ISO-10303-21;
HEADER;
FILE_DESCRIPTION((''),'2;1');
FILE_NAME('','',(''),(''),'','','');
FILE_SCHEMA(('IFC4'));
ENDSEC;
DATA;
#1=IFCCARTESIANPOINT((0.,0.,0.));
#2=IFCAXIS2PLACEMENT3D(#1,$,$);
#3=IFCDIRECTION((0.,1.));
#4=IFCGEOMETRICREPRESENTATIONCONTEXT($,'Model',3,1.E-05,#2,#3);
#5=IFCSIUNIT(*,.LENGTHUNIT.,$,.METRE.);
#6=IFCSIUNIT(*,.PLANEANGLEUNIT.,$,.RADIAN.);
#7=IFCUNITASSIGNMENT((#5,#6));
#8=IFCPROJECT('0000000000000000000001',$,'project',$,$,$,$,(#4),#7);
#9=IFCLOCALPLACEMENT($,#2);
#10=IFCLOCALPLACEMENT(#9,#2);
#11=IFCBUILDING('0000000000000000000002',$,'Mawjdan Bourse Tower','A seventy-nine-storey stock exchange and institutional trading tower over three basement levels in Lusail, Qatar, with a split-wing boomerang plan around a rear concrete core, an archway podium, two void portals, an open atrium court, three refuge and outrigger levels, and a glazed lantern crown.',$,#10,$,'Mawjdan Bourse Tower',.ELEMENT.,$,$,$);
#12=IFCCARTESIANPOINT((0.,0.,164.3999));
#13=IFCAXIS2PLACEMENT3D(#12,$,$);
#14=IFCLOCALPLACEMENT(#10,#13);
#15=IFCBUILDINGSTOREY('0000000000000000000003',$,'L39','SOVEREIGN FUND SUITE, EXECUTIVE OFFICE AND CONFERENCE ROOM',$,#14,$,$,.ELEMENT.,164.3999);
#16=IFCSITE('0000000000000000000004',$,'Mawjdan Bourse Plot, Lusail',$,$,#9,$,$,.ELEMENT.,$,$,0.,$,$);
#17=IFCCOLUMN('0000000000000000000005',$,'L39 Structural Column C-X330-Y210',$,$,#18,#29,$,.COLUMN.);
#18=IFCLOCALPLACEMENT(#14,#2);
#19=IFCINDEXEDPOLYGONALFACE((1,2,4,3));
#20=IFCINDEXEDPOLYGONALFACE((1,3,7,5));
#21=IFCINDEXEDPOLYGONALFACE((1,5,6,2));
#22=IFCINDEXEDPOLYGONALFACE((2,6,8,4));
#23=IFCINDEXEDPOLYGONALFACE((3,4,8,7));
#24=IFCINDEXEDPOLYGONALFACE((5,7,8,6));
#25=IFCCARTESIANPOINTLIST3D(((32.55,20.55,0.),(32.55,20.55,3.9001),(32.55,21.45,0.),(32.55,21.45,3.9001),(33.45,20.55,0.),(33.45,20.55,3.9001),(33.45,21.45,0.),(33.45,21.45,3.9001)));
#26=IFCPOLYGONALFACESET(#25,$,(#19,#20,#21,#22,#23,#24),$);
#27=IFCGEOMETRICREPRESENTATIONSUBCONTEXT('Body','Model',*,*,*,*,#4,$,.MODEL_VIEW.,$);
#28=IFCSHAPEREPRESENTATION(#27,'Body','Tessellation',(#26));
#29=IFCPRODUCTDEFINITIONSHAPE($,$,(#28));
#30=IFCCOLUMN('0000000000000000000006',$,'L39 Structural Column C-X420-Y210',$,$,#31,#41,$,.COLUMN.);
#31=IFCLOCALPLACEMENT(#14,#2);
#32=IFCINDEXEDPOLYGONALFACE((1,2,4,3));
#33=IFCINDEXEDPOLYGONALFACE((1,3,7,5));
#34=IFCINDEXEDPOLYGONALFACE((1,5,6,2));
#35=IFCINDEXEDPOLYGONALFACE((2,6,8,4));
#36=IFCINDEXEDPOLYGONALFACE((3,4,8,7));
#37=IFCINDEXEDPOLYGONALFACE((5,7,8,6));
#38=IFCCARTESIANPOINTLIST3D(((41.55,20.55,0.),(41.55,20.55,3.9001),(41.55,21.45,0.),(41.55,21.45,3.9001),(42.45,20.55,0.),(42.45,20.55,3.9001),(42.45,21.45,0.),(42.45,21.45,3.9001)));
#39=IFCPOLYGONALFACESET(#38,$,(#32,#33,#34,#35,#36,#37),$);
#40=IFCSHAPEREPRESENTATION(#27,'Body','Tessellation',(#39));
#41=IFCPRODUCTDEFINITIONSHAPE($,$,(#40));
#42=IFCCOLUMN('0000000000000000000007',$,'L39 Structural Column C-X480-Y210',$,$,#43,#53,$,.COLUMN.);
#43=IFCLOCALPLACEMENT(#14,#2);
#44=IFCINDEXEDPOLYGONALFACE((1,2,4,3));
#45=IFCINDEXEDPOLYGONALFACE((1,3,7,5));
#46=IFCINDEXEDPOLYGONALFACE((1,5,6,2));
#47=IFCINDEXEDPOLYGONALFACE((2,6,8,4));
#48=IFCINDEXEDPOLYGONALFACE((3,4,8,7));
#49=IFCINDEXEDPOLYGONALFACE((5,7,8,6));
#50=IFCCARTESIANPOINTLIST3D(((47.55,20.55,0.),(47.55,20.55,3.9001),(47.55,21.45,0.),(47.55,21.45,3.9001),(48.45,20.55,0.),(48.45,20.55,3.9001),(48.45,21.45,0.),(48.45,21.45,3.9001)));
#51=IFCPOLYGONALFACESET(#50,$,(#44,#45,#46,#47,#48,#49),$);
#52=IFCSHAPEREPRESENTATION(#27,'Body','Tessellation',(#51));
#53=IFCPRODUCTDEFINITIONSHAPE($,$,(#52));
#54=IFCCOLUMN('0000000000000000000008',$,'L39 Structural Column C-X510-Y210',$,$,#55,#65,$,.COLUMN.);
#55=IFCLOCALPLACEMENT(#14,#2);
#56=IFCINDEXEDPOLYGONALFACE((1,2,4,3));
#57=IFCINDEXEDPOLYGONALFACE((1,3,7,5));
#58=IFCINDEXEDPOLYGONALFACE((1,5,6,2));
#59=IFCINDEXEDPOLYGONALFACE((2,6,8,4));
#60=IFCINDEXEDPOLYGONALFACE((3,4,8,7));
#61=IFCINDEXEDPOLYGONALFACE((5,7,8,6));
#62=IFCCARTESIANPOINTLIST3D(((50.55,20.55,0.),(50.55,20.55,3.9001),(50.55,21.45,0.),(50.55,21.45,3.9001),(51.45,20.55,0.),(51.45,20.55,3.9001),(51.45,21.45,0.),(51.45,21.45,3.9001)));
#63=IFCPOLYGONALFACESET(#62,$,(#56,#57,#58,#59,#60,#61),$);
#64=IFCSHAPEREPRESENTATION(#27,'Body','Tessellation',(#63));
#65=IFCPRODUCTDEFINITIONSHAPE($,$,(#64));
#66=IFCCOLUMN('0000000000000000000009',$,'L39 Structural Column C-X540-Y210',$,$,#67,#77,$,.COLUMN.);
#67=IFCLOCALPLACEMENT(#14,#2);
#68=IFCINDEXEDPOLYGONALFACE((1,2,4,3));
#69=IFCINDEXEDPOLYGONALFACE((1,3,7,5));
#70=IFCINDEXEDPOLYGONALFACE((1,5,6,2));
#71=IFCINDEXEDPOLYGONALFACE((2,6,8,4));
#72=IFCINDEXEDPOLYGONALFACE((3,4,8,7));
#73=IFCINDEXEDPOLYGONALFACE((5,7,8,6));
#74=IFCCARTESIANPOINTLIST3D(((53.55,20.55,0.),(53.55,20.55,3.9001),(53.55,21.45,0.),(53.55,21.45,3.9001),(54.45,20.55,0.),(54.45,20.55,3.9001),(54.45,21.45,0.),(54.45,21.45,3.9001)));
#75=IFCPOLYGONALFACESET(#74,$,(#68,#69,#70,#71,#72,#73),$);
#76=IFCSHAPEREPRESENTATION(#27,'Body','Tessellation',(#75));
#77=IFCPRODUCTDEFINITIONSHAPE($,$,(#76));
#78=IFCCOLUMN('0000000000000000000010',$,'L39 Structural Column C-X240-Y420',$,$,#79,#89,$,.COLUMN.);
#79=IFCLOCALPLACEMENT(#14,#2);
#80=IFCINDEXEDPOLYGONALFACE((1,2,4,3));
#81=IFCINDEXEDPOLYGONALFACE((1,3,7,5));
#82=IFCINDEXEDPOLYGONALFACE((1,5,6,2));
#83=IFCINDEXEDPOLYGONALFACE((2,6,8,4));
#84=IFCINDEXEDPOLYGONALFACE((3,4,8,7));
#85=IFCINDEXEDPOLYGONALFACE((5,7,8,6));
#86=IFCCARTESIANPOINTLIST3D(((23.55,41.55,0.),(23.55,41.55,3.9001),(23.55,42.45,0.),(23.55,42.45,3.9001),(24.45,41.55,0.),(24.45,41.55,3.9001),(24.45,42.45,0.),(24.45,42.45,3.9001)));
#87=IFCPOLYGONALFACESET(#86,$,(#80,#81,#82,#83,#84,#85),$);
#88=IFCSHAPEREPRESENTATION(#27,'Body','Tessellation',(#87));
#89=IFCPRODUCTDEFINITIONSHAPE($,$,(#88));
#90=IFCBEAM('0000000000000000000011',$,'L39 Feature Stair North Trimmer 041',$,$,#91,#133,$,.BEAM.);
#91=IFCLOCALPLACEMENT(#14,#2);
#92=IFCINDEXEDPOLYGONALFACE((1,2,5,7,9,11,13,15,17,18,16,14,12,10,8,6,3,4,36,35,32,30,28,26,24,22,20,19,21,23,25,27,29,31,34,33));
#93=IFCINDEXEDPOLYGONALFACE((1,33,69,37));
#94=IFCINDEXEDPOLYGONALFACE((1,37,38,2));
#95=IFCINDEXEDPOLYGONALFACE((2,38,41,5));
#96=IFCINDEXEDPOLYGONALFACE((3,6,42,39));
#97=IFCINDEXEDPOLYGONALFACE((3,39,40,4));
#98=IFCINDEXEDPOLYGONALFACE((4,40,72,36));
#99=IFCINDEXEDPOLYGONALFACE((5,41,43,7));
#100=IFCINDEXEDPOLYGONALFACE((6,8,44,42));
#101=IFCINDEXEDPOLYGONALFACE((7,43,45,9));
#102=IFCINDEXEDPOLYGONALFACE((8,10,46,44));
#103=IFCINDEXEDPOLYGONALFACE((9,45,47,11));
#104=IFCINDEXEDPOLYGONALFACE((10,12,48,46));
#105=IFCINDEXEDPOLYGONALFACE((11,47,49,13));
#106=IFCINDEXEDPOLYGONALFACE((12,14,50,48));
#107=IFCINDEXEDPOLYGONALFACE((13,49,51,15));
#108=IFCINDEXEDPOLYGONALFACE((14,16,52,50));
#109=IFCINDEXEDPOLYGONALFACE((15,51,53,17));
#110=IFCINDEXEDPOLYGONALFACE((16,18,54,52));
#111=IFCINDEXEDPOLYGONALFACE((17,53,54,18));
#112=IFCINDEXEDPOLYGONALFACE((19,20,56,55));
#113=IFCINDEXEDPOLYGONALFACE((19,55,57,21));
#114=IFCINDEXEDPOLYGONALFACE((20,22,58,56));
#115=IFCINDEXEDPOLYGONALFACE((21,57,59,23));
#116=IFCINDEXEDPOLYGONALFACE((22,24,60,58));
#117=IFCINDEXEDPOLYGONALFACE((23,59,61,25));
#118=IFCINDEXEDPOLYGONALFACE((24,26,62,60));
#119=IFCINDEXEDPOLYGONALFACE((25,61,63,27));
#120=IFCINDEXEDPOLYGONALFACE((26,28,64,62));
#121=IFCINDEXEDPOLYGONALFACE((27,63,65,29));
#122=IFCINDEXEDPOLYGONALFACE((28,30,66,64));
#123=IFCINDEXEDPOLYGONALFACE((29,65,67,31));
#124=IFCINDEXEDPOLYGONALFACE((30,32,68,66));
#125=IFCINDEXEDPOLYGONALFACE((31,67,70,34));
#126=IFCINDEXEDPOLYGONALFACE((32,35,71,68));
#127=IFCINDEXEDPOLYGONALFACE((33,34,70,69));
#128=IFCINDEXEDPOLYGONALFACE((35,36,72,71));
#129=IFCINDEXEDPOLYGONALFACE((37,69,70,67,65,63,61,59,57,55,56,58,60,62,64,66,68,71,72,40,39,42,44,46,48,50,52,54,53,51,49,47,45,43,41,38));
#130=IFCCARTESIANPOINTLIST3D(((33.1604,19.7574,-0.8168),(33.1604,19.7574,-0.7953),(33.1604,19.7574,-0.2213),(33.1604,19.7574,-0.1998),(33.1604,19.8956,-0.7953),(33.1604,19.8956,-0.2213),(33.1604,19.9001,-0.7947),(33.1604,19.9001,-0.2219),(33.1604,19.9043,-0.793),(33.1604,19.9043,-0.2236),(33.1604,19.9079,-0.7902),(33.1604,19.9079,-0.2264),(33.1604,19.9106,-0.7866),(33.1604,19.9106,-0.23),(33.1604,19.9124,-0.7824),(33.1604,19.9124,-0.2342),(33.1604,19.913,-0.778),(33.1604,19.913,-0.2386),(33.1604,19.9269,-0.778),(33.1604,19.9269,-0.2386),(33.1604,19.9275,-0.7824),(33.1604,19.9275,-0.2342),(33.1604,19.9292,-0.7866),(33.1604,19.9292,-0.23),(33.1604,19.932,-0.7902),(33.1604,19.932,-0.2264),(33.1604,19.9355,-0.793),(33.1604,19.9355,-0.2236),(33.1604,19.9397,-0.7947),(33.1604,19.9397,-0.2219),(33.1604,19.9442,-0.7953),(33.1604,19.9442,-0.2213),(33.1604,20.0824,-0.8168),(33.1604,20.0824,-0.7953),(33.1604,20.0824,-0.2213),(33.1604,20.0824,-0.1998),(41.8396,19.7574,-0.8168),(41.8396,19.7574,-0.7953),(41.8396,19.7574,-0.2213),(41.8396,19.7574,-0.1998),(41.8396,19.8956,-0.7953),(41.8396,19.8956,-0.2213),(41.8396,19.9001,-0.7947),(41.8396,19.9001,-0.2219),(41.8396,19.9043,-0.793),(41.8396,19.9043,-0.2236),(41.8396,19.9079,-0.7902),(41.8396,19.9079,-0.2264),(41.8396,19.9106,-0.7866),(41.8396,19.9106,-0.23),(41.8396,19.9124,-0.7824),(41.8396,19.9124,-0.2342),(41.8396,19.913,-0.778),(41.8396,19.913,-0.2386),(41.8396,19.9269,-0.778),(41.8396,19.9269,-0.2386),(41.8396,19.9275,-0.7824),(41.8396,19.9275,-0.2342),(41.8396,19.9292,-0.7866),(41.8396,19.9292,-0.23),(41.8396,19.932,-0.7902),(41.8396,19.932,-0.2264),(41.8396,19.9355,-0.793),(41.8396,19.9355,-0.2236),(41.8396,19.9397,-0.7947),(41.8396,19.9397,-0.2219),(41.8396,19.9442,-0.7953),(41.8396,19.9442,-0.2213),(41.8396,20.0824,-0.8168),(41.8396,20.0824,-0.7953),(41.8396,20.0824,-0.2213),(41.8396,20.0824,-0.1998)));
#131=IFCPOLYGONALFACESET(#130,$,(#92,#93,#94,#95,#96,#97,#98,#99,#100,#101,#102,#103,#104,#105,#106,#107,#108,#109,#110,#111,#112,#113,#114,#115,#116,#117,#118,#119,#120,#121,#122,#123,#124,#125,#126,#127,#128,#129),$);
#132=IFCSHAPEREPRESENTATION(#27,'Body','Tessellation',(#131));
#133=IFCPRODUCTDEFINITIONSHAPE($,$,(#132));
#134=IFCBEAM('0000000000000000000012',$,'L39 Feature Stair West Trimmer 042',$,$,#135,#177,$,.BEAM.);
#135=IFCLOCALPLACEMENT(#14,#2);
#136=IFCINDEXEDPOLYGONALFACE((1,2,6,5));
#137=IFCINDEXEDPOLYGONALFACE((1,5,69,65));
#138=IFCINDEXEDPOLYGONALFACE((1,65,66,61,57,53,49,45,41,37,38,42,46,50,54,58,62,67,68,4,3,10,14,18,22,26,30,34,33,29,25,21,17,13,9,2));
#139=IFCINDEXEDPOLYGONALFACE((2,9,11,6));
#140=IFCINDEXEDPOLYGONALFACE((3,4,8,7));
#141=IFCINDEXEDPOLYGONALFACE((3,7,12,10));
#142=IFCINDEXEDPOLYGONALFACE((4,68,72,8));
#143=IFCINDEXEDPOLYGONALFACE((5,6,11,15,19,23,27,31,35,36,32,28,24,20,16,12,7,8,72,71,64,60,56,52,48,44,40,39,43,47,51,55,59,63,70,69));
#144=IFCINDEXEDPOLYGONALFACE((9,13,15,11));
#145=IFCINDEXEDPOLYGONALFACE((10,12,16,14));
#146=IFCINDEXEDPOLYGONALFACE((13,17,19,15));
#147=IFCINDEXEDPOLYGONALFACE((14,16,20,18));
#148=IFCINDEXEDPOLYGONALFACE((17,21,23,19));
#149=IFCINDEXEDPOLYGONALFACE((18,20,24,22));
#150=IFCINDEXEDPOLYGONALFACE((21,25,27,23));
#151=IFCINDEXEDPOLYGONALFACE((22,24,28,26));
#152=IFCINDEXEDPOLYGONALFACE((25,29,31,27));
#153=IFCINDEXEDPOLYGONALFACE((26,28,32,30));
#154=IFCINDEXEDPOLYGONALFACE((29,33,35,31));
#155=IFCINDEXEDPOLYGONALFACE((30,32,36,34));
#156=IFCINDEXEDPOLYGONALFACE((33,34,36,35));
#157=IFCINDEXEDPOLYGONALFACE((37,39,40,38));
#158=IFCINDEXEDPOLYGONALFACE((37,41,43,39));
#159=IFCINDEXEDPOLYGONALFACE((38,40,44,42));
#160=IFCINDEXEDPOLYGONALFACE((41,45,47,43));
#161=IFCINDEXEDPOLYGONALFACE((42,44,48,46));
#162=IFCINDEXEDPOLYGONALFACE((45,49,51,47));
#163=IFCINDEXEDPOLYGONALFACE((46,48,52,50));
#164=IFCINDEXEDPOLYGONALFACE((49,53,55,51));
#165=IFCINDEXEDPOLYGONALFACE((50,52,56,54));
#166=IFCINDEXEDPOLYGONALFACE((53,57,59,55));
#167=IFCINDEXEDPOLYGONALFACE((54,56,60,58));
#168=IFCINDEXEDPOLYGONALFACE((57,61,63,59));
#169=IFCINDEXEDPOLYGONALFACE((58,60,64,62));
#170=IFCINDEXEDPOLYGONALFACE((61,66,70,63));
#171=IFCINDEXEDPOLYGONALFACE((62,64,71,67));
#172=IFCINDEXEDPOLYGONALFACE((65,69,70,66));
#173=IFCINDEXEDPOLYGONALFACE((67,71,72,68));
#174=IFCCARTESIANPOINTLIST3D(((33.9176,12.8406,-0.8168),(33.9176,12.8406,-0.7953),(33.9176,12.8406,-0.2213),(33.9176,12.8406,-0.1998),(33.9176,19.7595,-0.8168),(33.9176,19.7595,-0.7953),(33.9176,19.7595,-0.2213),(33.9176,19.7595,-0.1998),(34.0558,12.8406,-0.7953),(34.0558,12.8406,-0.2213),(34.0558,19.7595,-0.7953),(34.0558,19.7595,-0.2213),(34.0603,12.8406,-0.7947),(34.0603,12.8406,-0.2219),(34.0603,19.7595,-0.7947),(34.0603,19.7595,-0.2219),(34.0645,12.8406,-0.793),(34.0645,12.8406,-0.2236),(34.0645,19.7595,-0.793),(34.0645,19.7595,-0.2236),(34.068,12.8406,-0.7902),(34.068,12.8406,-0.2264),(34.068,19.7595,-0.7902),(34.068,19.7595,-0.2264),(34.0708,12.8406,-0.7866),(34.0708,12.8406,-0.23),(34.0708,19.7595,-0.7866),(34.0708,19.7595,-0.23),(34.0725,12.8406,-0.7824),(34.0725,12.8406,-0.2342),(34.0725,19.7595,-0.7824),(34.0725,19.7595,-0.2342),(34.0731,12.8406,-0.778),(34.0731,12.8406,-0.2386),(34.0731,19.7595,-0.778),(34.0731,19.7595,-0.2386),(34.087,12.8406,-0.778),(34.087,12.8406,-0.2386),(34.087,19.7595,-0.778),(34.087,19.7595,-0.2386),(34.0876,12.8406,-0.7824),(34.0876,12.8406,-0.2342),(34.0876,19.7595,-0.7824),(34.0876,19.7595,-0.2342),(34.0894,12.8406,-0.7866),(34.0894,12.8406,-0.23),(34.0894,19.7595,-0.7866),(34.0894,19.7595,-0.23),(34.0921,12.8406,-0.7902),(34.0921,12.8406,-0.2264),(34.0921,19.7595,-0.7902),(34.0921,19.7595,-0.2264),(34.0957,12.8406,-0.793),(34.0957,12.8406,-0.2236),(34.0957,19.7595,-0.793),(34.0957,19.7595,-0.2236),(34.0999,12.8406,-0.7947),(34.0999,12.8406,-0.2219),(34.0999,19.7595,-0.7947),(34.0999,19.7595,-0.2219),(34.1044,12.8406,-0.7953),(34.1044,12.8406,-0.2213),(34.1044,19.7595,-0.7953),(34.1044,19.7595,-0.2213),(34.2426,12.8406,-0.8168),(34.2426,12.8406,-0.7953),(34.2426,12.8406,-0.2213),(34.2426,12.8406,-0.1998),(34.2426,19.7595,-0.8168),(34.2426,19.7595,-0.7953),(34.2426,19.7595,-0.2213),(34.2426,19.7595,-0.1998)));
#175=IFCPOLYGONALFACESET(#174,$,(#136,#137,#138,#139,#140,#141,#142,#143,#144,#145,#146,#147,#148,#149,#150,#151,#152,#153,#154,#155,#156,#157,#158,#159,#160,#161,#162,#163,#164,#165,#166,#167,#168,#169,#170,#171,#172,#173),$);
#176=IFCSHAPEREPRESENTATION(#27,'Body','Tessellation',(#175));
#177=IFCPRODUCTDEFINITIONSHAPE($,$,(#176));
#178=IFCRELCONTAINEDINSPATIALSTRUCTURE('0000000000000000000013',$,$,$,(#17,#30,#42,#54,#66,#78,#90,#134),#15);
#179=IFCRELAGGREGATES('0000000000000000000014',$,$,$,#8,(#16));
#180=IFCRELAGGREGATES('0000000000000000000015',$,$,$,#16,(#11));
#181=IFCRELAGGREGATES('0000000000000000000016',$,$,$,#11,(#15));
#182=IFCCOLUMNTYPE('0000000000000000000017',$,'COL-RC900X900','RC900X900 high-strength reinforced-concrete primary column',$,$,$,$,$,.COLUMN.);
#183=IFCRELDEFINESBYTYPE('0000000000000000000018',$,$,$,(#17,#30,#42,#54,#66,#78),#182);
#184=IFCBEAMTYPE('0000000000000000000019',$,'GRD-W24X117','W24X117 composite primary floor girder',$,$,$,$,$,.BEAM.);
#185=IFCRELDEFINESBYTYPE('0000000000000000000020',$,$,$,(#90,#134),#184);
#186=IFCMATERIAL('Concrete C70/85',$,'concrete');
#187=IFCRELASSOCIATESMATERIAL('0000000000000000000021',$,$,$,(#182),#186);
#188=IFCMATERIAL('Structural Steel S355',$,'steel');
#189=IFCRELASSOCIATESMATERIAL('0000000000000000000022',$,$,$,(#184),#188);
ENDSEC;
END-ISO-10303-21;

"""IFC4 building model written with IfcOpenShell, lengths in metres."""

from ifc_helpers import new_model, si_unit, direction, frame, origin, origin_2d, place, context, subcontext, project, spatial, rectangle, i_section, extrude, material, material_profile, profile_set, type_object, element, save


model = new_model("IFC4")

# Units and contexts
model_context = context("Model", 3, precision=1e-05, world=origin(), true_north=direction((0.0, 1.0)))
body_context = subcontext(model_context, "Body", "Model", "MODEL_VIEW")
ifc_project = project(units=[si_unit("LENGTHUNIT", "METRE"), si_unit("PLANEANGLEUNIT", "RADIAN")], contexts=[model_context])

# Site, building, storey
site_placement = place(None, origin())
site = spatial("IfcSite", under=ifc_project, at=site_placement, Name="Mawjdan Bourse Plot, Lusail", CompositionType="ELEMENT", RefElevation=0.0)
building_placement = place(site_placement, origin())
building = spatial("IfcBuilding", under=site, at=building_placement, Name="Mawjdan Bourse Tower", Description="A seventy-nine-storey stock exchange and institutional trading tower over three basement levels in Lusail, Qatar, with a split-wing boomerang plan around a rear concrete core, an archway podium, two void portals, an open atrium court, three refuge and outrigger levels, and a glazed lantern crown.", LongName="Mawjdan Bourse Tower", CompositionType="ELEMENT")
storey_placement = place(building_placement, frame((0.0, 0.0, 164.3999)))
storey = spatial("IfcBuildingStorey", under=building, at=storey_placement, Name="L39", Description="SOVEREIGN FUND SUITE, EXECUTIVE OFFICE AND CONFERENCE ROOM", CompositionType="ELEMENT", Elevation=164.3999)

# Columns
ifc_material_1 = material(Name="Concrete C70/85", Category="concrete")
ifc_material_profile_1 = material_profile(ifc_material_1, rectangle(XDim=0.8999, YDim=0.8999, at=origin_2d()), Name="RC900X900")
ifc_profile_set_1 = profile_set([ifc_material_profile_1], Name="Concrete C70/85")
column_type = type_object("IfcColumnType", Name="COL-RC900X900", Description="RC900X900 high-strength reinforced-concrete primary column", PredefinedType="COLUMN", material=ifc_profile_set_1)
for number, where, z_axis, x_axis, name in (
    (1, (33.0, 21.0, 0.0), (0.0, 0.0, 1.0), (1.0, 0.0, 0.0), "L39 Structural Column C-X330-Y210"),
    (2, (42.0, 21.0, 0.0), (0.0, 0.0, 1.0), (1.0, 0.0, 0.0), "L39 Structural Column C-X420-Y210"),
    (3, (48.0, 21.0, 0.0), (0.0, 0.0, 1.0), (1.0, 0.0, 0.0), "L39 Structural Column C-X480-Y210"),
    (4, (51.0, 21.0, 0.0), (0.0, 0.0, 1.0), (1.0, 0.0, 0.0), "L39 Structural Column C-X510-Y210"),
    (5, (54.0, 21.0, 0.0), (0.0, 0.0, 1.0), (1.0, 0.0, 0.0), "L39 Structural Column C-X540-Y210"),
    (6, (24.0, 42.0, 0.0), (0.0, 0.0, 1.0), (1.0, 0.0, 0.0), "L39 Structural Column C-X240-Y420"),
):
    element("IfcColumn", number, at=place(storey_placement, frame(where, z_axis=z_axis, x_axis=x_axis)), inside=storey, type_object=column_type, Name=name, PredefinedType="COLUMN", context=body_context, shape_type="SweptSolid", body=[
        extrude(rectangle(XDim=0.8999, YDim=0.8999, at=origin_2d()), origin(), (0.0, 0.0, 1.0), 3.9001),
    ])

# Beams
ifc_material_2 = material(Name="Structural Steel S355", Category="steel")
ifc_material_profile_2 = material_profile(ifc_material_2, i_section(OverallWidth=0.325, OverallDepth=0.6169, WebThickness=0.0139, FlangeThickness=0.0215, FilletRadius=0.0173, at=origin_2d()), Name="W24X117")
ifc_profile_set_2 = profile_set([ifc_material_profile_2], Name="Structural Steel S355")
beam_type_1 = type_object("IfcBeamType", Name="GRD-W24X117", Description="W24X117 composite primary floor girder", PredefinedType="BEAM", material=ifc_profile_set_2)
beam_1_placement = place(storey_placement, frame((33.1604, 19.9199, -0.5083), z_axis=(1.0, 0.0, 0.0), x_axis=(0.0, 1.0, 0.0)))
element("IfcBeam", 7, at=beam_1_placement, inside=storey, type_object=beam_type_1, Name="L39 Feature Stair North Trimmer 041", PredefinedType="BEAM", context=body_context, shape_type="SweptSolid", body=[
    extrude(i_section(OverallWidth=0.325, OverallDepth=0.6169, WebThickness=0.0139, FlangeThickness=0.0215, FilletRadius=0.0173, at=origin_2d()), origin(), (0.0, 0.0, 1.0), 8.6792),
])
for number, where, z_axis, x_axis, name in (
    (8, (34.0801, 12.8406, -0.5083), (0.0, 1.0, 0.0), (-1.0, 0.0, 0.0), "L39 Feature Stair West Trimmer 042"),
):
    element("IfcBeam", number, at=place(storey_placement, frame(where, z_axis=z_axis, x_axis=x_axis)), inside=storey, type_object=beam_type_1, Name=name, PredefinedType="BEAM", context=body_context, shape_type="SweptSolid", body=[
        extrude(i_section(OverallWidth=0.325, OverallDepth=0.6169, WebThickness=0.0139, FlangeThickness=0.0215, FilletRadius=0.0173, at=origin_2d()), origin(), (0.0, 0.0, 1.0), 6.9189),
    ])

save(model, "model.ifc")
